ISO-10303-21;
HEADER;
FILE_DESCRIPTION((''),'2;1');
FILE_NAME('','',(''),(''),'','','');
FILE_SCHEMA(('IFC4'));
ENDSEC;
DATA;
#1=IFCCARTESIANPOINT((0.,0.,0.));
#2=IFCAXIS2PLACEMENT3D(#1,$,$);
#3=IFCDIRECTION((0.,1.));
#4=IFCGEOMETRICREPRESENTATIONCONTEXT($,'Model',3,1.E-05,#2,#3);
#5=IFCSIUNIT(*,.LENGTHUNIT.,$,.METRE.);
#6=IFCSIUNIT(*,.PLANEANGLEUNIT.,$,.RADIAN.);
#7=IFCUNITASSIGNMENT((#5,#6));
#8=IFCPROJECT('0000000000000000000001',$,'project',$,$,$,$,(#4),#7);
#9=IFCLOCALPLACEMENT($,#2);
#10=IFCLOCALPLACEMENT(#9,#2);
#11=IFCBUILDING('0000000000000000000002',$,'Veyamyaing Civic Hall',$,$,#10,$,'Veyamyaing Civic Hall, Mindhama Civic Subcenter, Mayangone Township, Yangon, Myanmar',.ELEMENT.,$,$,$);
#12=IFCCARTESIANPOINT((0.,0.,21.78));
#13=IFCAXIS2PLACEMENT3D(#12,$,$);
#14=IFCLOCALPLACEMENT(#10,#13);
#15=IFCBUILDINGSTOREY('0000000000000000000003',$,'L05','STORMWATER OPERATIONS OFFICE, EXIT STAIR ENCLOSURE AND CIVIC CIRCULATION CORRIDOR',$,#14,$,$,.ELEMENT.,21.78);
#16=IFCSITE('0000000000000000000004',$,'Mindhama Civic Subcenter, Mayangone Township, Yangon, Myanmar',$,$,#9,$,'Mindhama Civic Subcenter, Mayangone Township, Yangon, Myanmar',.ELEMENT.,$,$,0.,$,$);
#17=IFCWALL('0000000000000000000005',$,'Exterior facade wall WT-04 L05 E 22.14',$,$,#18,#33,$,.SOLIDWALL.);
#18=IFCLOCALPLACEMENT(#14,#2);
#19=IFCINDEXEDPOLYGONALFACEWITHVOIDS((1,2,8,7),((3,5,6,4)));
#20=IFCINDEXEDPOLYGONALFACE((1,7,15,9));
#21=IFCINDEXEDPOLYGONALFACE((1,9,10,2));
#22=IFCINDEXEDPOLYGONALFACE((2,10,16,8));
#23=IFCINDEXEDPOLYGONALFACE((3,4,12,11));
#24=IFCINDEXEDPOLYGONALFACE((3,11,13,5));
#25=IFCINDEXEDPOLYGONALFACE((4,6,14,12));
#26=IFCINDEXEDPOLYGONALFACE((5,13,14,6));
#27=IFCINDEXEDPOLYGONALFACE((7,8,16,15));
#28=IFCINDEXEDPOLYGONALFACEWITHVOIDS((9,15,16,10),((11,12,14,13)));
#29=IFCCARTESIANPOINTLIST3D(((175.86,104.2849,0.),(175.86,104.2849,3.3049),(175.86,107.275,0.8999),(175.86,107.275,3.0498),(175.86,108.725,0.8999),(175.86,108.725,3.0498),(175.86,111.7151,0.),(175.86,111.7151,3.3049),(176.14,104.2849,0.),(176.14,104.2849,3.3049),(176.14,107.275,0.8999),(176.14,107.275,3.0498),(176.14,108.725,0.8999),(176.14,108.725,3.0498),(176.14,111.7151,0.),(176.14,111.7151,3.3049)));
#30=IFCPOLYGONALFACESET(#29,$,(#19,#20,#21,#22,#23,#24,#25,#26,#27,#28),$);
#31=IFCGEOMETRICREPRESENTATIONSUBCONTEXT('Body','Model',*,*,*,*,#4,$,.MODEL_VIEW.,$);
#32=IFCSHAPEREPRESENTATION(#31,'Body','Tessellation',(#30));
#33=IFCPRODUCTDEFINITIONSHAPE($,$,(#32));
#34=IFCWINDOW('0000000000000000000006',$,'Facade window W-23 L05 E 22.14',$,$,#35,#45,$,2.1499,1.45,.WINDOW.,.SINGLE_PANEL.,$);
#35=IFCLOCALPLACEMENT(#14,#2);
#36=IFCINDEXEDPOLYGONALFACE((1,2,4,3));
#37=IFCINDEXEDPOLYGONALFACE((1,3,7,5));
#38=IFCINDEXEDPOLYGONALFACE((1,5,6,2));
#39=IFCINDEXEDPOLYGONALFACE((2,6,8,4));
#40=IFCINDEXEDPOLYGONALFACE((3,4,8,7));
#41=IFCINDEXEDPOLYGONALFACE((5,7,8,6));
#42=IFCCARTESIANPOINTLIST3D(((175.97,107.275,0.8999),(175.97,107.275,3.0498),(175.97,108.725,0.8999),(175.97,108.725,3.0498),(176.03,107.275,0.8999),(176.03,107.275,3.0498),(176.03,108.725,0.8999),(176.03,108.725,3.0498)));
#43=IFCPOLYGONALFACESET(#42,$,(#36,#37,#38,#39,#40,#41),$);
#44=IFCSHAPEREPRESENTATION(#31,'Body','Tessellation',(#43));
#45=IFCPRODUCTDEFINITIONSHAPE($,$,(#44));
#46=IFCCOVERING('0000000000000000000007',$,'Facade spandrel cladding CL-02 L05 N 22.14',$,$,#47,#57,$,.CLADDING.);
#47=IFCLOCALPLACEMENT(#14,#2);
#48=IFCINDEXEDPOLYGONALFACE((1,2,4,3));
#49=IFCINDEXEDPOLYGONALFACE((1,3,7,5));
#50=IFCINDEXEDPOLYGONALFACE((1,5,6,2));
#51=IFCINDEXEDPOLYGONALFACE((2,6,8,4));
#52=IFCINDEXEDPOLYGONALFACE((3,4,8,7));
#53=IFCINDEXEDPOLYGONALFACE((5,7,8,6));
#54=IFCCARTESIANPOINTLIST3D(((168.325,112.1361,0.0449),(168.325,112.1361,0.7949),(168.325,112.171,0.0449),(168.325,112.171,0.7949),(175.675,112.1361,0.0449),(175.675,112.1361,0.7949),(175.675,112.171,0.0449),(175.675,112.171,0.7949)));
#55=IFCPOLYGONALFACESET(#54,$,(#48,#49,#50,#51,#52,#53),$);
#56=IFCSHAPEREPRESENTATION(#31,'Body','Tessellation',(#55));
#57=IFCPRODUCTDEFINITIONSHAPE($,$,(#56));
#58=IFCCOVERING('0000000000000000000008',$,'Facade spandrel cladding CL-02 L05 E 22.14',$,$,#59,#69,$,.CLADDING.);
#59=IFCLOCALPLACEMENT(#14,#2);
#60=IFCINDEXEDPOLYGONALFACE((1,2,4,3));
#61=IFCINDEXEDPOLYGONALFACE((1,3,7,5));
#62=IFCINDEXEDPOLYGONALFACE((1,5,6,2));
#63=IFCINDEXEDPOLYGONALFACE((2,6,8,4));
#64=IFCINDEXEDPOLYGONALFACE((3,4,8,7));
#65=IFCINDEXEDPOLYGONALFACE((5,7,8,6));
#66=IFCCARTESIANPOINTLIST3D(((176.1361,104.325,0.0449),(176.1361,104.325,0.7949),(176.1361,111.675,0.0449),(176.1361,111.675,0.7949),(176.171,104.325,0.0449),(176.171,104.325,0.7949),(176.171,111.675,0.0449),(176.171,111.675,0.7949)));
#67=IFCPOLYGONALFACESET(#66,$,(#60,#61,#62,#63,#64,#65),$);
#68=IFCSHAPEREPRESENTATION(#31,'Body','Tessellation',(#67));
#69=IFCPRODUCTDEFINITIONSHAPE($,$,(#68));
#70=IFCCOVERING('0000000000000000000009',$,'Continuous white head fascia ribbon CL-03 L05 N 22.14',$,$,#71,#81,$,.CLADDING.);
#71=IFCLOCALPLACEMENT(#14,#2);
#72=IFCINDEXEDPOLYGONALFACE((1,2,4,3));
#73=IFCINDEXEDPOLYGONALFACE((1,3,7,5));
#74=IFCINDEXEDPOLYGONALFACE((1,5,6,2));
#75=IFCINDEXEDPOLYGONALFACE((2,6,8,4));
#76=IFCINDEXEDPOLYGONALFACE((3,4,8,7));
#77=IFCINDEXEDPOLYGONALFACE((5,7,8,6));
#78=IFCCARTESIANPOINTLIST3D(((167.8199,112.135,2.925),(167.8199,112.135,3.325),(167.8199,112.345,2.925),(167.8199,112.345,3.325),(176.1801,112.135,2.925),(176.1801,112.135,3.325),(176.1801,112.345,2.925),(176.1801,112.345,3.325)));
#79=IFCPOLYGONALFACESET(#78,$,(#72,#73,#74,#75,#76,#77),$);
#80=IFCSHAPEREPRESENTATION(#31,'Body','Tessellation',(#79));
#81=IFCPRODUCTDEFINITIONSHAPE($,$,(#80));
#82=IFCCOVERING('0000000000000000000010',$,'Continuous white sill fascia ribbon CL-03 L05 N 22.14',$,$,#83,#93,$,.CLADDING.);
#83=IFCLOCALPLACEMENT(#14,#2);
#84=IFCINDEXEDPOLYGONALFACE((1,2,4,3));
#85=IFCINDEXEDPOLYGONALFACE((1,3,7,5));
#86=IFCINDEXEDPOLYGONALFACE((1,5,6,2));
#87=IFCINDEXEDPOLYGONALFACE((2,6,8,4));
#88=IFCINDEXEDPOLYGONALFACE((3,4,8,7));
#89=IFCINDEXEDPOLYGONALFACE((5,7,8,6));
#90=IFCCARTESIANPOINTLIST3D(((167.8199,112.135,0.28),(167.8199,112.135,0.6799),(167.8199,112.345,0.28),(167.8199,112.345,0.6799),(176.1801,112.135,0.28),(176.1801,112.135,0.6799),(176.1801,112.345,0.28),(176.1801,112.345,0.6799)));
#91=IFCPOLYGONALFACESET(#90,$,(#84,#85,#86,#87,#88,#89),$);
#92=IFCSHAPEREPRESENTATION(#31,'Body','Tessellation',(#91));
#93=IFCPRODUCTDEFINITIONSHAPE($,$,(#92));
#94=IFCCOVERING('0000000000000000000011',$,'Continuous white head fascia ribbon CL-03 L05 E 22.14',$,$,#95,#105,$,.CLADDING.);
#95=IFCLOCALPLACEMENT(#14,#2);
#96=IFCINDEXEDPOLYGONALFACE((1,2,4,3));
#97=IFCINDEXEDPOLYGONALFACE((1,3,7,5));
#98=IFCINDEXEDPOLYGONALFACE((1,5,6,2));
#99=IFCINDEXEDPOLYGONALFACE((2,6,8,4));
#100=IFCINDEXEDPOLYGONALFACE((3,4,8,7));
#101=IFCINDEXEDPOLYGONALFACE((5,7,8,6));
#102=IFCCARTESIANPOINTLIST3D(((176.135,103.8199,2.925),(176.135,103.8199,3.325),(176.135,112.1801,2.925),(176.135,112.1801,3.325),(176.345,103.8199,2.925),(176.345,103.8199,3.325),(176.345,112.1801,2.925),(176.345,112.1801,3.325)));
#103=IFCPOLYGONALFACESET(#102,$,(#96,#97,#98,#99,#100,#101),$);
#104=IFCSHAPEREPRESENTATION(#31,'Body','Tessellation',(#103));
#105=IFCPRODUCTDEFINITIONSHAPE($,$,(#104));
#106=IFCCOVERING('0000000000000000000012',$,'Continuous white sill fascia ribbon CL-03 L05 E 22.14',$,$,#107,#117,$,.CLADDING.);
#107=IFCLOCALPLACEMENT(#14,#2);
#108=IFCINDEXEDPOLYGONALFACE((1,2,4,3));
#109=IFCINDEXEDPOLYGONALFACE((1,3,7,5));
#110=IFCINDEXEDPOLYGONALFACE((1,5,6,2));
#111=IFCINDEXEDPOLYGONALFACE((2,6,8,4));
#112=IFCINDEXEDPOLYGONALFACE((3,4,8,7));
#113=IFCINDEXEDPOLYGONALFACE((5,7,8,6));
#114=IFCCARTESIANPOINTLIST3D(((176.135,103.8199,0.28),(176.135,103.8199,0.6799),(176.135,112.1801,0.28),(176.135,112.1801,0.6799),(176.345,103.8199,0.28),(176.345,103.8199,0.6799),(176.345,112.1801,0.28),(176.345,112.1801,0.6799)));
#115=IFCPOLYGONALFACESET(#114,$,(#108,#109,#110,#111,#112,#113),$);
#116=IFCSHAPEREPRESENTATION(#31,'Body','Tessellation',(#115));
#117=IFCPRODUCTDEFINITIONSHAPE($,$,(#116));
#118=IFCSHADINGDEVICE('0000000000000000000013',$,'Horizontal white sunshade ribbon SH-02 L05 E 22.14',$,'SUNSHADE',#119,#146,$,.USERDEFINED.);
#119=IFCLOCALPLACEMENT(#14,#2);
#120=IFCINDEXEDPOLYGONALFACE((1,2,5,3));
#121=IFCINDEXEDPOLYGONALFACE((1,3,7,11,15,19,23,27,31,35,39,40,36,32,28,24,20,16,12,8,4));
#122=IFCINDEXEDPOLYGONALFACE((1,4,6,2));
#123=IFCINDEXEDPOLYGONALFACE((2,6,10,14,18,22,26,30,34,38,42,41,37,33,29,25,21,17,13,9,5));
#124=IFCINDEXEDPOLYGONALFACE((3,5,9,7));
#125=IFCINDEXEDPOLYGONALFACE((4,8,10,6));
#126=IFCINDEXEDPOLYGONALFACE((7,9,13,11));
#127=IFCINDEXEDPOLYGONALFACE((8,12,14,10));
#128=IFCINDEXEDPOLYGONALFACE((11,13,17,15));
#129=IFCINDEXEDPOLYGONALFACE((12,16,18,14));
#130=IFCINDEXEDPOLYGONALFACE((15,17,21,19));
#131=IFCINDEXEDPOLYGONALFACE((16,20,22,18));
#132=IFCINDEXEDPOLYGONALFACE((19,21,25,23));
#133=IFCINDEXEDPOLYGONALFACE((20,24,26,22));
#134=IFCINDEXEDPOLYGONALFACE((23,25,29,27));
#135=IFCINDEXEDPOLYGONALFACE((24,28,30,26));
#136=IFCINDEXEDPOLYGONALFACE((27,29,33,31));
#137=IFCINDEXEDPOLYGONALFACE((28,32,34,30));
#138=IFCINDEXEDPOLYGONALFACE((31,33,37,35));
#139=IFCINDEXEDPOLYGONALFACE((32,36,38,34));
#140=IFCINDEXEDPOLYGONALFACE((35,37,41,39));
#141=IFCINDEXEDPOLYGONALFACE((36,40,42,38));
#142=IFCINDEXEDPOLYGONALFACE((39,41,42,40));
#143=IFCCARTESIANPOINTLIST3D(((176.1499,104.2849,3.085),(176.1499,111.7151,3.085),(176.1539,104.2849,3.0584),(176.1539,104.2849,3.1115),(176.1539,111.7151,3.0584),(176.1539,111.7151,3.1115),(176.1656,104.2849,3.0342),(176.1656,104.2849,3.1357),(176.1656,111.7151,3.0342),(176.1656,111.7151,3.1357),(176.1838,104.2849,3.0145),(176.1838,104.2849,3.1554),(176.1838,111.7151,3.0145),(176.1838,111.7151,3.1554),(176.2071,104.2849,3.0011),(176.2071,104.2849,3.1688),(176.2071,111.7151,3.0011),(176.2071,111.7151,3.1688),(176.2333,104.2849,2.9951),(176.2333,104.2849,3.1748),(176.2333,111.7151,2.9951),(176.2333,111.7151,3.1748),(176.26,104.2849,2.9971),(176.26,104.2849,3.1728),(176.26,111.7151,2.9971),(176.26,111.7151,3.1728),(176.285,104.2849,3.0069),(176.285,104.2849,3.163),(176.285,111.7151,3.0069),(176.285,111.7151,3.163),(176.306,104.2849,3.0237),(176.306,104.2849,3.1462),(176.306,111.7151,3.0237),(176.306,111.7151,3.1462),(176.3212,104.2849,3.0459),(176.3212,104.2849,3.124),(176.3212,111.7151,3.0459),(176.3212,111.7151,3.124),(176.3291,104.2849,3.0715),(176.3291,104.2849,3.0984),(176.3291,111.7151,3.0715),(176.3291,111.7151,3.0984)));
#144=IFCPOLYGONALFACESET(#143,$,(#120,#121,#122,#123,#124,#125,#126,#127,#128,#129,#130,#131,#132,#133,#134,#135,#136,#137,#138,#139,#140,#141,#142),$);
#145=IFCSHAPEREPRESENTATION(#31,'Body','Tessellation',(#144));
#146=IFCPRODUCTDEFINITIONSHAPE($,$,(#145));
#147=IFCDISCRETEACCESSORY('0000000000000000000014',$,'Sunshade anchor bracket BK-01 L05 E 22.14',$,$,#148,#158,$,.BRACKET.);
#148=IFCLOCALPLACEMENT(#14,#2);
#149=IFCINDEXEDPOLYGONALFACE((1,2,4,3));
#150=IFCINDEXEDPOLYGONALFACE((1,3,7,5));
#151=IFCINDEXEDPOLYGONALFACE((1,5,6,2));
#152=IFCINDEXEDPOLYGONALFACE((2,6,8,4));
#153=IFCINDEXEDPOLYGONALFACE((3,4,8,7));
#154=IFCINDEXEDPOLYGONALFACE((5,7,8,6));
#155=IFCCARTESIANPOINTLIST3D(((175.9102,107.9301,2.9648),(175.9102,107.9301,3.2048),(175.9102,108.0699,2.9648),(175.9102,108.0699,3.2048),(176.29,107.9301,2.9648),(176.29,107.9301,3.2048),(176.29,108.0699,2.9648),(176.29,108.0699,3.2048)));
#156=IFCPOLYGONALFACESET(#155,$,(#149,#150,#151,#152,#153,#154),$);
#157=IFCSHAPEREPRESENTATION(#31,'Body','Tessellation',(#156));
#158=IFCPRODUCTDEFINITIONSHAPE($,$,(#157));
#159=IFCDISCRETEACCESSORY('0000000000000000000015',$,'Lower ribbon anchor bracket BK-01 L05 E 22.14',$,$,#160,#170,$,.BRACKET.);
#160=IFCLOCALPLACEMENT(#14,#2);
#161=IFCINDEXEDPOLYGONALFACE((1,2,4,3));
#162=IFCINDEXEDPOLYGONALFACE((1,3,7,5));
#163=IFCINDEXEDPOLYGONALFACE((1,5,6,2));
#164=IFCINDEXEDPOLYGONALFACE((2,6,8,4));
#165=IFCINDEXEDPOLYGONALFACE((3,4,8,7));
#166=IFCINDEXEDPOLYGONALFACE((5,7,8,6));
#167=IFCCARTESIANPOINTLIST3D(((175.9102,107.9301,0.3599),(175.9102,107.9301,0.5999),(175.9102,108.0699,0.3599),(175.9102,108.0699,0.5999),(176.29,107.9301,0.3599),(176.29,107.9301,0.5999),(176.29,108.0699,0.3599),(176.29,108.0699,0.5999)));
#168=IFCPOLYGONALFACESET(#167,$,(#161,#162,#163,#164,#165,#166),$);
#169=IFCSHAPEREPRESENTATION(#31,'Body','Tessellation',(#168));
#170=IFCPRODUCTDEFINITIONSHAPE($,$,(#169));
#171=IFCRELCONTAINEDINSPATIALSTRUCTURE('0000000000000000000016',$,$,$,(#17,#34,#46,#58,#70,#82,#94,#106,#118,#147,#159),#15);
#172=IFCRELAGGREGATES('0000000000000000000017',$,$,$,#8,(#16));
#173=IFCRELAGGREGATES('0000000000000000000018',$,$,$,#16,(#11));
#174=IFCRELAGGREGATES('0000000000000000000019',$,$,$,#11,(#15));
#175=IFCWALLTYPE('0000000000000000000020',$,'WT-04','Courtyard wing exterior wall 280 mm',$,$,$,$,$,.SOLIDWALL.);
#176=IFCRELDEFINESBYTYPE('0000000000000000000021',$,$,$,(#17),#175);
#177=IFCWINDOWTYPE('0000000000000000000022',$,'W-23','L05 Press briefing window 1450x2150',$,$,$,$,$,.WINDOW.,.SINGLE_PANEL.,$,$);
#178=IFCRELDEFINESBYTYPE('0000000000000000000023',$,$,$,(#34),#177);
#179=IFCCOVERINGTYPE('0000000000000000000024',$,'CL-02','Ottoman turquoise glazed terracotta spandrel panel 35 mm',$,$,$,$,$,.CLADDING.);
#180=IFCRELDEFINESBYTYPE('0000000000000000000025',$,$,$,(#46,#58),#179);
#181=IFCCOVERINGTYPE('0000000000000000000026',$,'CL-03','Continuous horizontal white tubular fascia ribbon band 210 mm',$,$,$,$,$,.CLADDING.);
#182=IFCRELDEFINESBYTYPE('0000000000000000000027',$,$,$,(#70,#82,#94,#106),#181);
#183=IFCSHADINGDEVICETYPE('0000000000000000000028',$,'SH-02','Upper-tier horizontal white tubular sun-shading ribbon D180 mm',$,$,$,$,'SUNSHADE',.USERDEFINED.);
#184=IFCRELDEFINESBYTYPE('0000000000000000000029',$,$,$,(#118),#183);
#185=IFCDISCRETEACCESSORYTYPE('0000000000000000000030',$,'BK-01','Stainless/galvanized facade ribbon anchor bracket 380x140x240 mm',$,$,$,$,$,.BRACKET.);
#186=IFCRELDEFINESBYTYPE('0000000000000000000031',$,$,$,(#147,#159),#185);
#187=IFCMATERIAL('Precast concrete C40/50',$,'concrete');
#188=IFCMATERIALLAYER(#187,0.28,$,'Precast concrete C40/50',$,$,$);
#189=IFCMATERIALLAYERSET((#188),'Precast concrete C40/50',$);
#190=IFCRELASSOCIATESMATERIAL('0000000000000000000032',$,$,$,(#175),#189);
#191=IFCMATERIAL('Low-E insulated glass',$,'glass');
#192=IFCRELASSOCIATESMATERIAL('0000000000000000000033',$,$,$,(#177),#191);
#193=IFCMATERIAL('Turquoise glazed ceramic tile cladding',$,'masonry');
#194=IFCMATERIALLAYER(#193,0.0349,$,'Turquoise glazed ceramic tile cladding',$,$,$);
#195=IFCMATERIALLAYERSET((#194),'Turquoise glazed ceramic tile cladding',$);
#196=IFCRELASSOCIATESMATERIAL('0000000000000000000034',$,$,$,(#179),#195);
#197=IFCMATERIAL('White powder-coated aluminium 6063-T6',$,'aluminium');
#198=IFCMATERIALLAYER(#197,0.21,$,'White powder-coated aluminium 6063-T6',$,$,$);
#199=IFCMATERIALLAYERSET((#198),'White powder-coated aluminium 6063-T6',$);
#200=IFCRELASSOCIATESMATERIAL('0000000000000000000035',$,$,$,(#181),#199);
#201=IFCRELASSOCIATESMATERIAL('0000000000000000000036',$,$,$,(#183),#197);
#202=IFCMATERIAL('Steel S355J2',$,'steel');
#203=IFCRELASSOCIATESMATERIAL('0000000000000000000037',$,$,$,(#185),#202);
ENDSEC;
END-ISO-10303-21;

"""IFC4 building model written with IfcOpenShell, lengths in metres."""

from ifc_helpers import new_model, si_unit, direction, frame, frame_2d, origin, origin_2d, place, context, subcontext, project, spatial, rectangle, circle, extrude, material, layer, layer_set, material_profile, profile_set, type_object, element, fill, save


model = new_model("IFC4")

# Units and contexts
model_context = context("Model", 3, precision=1e-05, world=origin(), true_north=direction((0.0, 1.0)))
body_context = subcontext(model_context, "Body", "Model", "MODEL_VIEW")
ifc_project = project(units=[si_unit("LENGTHUNIT", "METRE"), si_unit("PLANEANGLEUNIT", "RADIAN")], contexts=[model_context])

# Site, building, storey
site_placement = place(None, origin())
site = spatial("IfcSite", under=ifc_project, at=site_placement, Name="Mindhama Civic Subcenter, Mayangone Township, Yangon, Myanmar", LongName="Mindhama Civic Subcenter, Mayangone Township, Yangon, Myanmar", CompositionType="ELEMENT", RefElevation=0.0)
building_placement = place(site_placement, origin())
building = spatial("IfcBuilding", under=site, at=building_placement, Name="Veyamyaing Civic Hall", LongName="Veyamyaing Civic Hall, Mindhama Civic Subcenter, Mayangone Township, Yangon, Myanmar", CompositionType="ELEMENT")
storey_placement = place(building_placement, frame((0.0, 0.0, 21.78)))
storey = spatial("IfcBuildingStorey", under=building, at=storey_placement, Name="L05", Description="STORMWATER OPERATIONS OFFICE, EXIT STAIR ENCLOSURE AND CIVIC CIRCULATION CORRIDOR", CompositionType="ELEMENT", Elevation=21.78)

# Shared definitions
ifc_material_1 = material(Name="Steel S355J2", Category="steel")

# Shared definitions
ifc_material_2 = material(Name="Low-E insulated glass", Category="glass")

# Wall, opening, window
ifc_material_3 = material(Name="Precast concrete C40/50", Category="concrete")
ifc_layer_1 = layer(ifc_material_3, 0.28, Name="Precast concrete C40/50")
ifc_layer_set_1 = layer_set([ifc_layer_1], Name="Precast concrete C40/50")
wall_type = type_object("IfcWallType", Name="WT-04", Description="Courtyard wing exterior wall 280 mm", PredefinedType="SOLIDWALL", material=ifc_layer_set_1)
wall_placement = place(storey_placement, frame((176.0, 104.2849, 0.0), z_axis=(0.0, 0.0, 1.0), x_axis=(0.0, 1.0, 0.0)))
wall = element("IfcWall", 1, at=wall_placement, inside=storey, type_object=wall_type, Name="Exterior facade wall WT-04 L05 E 22.14", PredefinedType="SOLIDWALL", context=body_context, shape_type="SweptSolid", body=[
    extrude(rectangle(XDim=7.4302, YDim=0.28, at=frame_2d((3.7151, 0.0))), origin(), (0.0, 0.0, 1.0), 3.3049),
])
opening_placement = place(wall_placement, frame((2.99, 0.0, 0.8999)))
opening = element("IfcOpeningElement", 2, at=opening_placement, cuts=wall, PredefinedType="OPENING", context=body_context, shape_type="SweptSolid", body=[
    extrude(rectangle(XDim=1.45, YDim=2.1499, at=frame_2d((0.7251, 1.075))), frame((0.0, 0.1499, 0.0), z_axis=(0.0, -1.0, 0.0), x_axis=(1.0, 0.0, 0.0)), (0.0, 0.0, 1.0), 0.3),
])
window_type = type_object("IfcWindowType", Name="W-23", Description="L05 Press briefing window 1450x2150", PartitioningType="SINGLE_PANEL", PredefinedType="WINDOW", material=ifc_material_2)
window_placement = place(opening_placement, origin())
window = element("IfcWindow", 3, at=window_placement, inside=storey, type_object=window_type, Name="Facade window W-23 L05 E 22.14", OverallHeight=2.1499, OverallWidth=1.45, PartitioningType="SINGLE_PANEL", PredefinedType="WINDOW", context=body_context, shape_type="SweptSolid", body=[
    extrude(rectangle(XDim=1.45, YDim=2.1499, at=frame_2d((0.7251, 1.075))), frame((0.0, 0.03, 0.0), z_axis=(0.0, -1.0, 0.0), x_axis=(1.0, 0.0, 0.0)), (0.0, 0.0, 1.0), 0.0601),
])
fill(opening, window)

# Coverings
ifc_material_4 = material(Name="Turquoise glazed ceramic tile cladding", Category="masonry")
ifc_layer_2 = layer(ifc_material_4, 0.0349, Name="Turquoise glazed ceramic tile cladding")
ifc_layer_set_2 = layer_set([ifc_layer_2], Name="Turquoise glazed ceramic tile cladding")
covering_type_1 = type_object("IfcCoveringType", Name="CL-02", Description="Ottoman turquoise glazed terracotta spandrel panel 35 mm", PredefinedType="CLADDING", material=ifc_layer_set_2)
for number, where, z_axis, x_axis, name in (
    (4, (172.0, 112.1536, 0.0449), (0.0, 0.0, 1.0), (1.0, 0.0, 0.0), "Facade spandrel cladding CL-02 L05 N 22.14"),
    (5, (176.1536, 108.0, 0.0449), (0.0, 0.0, 1.0), (0.0, 1.0, 0.0), "Facade spandrel cladding CL-02 L05 E 22.14"),
):
    element("IfcCovering", number, at=place(storey_placement, frame(where, z_axis=z_axis, x_axis=x_axis)), inside=storey, type_object=covering_type_1, Name=name, PredefinedType="CLADDING", context=body_context, shape_type="SweptSolid", body=[
        extrude(rectangle(XDim=7.3501, YDim=0.0349, at=origin_2d()), origin(), (0.0, 0.0, 1.0), 0.75),
    ])
ifc_material_5 = material(Name="White powder-coated aluminium 6063-T6", Category="aluminium")
ifc_layer_3 = layer(ifc_material_5, 0.21, Name="White powder-coated aluminium 6063-T6")
ifc_layer_set_3 = layer_set([ifc_layer_3], Name="White powder-coated aluminium 6063-T6")
covering_type_2 = type_object("IfcCoveringType", Name="CL-03", Description="Continuous horizontal white tubular fascia ribbon band 210 mm", PredefinedType="CLADDING", material=ifc_layer_set_3)
for number, where, z_axis, x_axis, name in (
    (6, (172.0, 112.24, 2.925), (0.0, 0.0, 1.0), (1.0, 0.0, 0.0), "Continuous white head fascia ribbon CL-03 L05 N 22.14"),
    (7, (172.0, 112.24, 0.28), (0.0, 0.0, 1.0), (1.0, 0.0, 0.0), "Continuous white sill fascia ribbon CL-03 L05 N 22.14"),
    (8, (176.24, 108.0, 2.925), (0.0, 0.0, 1.0), (0.0, 1.0, 0.0), "Continuous white head fascia ribbon CL-03 L05 E 22.14"),
    (9, (176.24, 108.0, 0.28), (0.0, 0.0, 1.0), (0.0, 1.0, 0.0), "Continuous white sill fascia ribbon CL-03 L05 E 22.14"),
):
    element("IfcCovering", number, at=place(storey_placement, frame(where, z_axis=z_axis, x_axis=x_axis)), inside=storey, type_object=covering_type_2, Name=name, PredefinedType="CLADDING", context=body_context, shape_type="SweptSolid", body=[
        extrude(rectangle(XDim=8.3601, YDim=0.21, at=origin_2d()), origin(), (0.0, 0.0, 1.0), 0.3999),
    ])

# Shading device
ifc_material_profile_1 = material_profile(ifc_material_5, circle(Radius=0.0901, at=origin_2d()), Name="SHADE-TUBE-180")
ifc_profile_set_1 = profile_set([ifc_material_profile_1], Name="White powder-coated aluminium 6063-T6")
shading_device_type = type_object("IfcShadingDeviceType", Name="SH-02", Description="Upper-tier horizontal white tubular sun-shading ribbon D180 mm", ElementType="SUNSHADE", PredefinedType="USERDEFINED", material=ifc_profile_set_1)
shading_device_placement = place(storey_placement, frame((176.24, 104.2849, 3.085), z_axis=(0.0, 1.0, 0.0), x_axis=(-1.0, 0.0, 0.0)))
element("IfcShadingDevice", 10, at=shading_device_placement, inside=storey, type_object=shading_device_type, Name="Horizontal white sunshade ribbon SH-02 L05 E 22.14", ObjectType="SUNSHADE", PredefinedType="USERDEFINED", context=body_context, shape_type="SweptSolid", body=[
    extrude(circle(Radius=0.0901, at=origin_2d()), origin(), (0.0, 0.0, 1.0), 7.4302),
])

# Discrete accessories
discrete_accessory_type = type_object("IfcDiscreteAccessoryType", Name="BK-01", Description="Stainless/galvanized facade ribbon anchor bracket 380x140x240 mm", PredefinedType="BRACKET", material=ifc_material_1)
for number, where, z_axis, x_axis, name in (
    (11, (176.1001, 108.0, 2.9648), (0.0, 0.0, 1.0), (1.0, 0.0, 0.0), "Sunshade anchor bracket BK-01 L05 E 22.14"),
    (12, (176.1001, 108.0, 0.3599), (0.0, 0.0, 1.0), (1.0, 0.0, 0.0), "Lower ribbon anchor bracket BK-01 L05 E 22.14"),
):
    element("IfcDiscreteAccessory", number, at=place(storey_placement, frame(where, z_axis=z_axis, x_axis=x_axis)), inside=storey, type_object=discrete_accessory_type, Name=name, PredefinedType="BRACKET", context=body_context, shape_type="SweptSolid", body=[
        extrude(rectangle(XDim=0.3799, YDim=0.1399, at=origin_2d()), origin(), (0.0, 0.0, 1.0), 0.24),
    ])

save(model, "model.ifc")
